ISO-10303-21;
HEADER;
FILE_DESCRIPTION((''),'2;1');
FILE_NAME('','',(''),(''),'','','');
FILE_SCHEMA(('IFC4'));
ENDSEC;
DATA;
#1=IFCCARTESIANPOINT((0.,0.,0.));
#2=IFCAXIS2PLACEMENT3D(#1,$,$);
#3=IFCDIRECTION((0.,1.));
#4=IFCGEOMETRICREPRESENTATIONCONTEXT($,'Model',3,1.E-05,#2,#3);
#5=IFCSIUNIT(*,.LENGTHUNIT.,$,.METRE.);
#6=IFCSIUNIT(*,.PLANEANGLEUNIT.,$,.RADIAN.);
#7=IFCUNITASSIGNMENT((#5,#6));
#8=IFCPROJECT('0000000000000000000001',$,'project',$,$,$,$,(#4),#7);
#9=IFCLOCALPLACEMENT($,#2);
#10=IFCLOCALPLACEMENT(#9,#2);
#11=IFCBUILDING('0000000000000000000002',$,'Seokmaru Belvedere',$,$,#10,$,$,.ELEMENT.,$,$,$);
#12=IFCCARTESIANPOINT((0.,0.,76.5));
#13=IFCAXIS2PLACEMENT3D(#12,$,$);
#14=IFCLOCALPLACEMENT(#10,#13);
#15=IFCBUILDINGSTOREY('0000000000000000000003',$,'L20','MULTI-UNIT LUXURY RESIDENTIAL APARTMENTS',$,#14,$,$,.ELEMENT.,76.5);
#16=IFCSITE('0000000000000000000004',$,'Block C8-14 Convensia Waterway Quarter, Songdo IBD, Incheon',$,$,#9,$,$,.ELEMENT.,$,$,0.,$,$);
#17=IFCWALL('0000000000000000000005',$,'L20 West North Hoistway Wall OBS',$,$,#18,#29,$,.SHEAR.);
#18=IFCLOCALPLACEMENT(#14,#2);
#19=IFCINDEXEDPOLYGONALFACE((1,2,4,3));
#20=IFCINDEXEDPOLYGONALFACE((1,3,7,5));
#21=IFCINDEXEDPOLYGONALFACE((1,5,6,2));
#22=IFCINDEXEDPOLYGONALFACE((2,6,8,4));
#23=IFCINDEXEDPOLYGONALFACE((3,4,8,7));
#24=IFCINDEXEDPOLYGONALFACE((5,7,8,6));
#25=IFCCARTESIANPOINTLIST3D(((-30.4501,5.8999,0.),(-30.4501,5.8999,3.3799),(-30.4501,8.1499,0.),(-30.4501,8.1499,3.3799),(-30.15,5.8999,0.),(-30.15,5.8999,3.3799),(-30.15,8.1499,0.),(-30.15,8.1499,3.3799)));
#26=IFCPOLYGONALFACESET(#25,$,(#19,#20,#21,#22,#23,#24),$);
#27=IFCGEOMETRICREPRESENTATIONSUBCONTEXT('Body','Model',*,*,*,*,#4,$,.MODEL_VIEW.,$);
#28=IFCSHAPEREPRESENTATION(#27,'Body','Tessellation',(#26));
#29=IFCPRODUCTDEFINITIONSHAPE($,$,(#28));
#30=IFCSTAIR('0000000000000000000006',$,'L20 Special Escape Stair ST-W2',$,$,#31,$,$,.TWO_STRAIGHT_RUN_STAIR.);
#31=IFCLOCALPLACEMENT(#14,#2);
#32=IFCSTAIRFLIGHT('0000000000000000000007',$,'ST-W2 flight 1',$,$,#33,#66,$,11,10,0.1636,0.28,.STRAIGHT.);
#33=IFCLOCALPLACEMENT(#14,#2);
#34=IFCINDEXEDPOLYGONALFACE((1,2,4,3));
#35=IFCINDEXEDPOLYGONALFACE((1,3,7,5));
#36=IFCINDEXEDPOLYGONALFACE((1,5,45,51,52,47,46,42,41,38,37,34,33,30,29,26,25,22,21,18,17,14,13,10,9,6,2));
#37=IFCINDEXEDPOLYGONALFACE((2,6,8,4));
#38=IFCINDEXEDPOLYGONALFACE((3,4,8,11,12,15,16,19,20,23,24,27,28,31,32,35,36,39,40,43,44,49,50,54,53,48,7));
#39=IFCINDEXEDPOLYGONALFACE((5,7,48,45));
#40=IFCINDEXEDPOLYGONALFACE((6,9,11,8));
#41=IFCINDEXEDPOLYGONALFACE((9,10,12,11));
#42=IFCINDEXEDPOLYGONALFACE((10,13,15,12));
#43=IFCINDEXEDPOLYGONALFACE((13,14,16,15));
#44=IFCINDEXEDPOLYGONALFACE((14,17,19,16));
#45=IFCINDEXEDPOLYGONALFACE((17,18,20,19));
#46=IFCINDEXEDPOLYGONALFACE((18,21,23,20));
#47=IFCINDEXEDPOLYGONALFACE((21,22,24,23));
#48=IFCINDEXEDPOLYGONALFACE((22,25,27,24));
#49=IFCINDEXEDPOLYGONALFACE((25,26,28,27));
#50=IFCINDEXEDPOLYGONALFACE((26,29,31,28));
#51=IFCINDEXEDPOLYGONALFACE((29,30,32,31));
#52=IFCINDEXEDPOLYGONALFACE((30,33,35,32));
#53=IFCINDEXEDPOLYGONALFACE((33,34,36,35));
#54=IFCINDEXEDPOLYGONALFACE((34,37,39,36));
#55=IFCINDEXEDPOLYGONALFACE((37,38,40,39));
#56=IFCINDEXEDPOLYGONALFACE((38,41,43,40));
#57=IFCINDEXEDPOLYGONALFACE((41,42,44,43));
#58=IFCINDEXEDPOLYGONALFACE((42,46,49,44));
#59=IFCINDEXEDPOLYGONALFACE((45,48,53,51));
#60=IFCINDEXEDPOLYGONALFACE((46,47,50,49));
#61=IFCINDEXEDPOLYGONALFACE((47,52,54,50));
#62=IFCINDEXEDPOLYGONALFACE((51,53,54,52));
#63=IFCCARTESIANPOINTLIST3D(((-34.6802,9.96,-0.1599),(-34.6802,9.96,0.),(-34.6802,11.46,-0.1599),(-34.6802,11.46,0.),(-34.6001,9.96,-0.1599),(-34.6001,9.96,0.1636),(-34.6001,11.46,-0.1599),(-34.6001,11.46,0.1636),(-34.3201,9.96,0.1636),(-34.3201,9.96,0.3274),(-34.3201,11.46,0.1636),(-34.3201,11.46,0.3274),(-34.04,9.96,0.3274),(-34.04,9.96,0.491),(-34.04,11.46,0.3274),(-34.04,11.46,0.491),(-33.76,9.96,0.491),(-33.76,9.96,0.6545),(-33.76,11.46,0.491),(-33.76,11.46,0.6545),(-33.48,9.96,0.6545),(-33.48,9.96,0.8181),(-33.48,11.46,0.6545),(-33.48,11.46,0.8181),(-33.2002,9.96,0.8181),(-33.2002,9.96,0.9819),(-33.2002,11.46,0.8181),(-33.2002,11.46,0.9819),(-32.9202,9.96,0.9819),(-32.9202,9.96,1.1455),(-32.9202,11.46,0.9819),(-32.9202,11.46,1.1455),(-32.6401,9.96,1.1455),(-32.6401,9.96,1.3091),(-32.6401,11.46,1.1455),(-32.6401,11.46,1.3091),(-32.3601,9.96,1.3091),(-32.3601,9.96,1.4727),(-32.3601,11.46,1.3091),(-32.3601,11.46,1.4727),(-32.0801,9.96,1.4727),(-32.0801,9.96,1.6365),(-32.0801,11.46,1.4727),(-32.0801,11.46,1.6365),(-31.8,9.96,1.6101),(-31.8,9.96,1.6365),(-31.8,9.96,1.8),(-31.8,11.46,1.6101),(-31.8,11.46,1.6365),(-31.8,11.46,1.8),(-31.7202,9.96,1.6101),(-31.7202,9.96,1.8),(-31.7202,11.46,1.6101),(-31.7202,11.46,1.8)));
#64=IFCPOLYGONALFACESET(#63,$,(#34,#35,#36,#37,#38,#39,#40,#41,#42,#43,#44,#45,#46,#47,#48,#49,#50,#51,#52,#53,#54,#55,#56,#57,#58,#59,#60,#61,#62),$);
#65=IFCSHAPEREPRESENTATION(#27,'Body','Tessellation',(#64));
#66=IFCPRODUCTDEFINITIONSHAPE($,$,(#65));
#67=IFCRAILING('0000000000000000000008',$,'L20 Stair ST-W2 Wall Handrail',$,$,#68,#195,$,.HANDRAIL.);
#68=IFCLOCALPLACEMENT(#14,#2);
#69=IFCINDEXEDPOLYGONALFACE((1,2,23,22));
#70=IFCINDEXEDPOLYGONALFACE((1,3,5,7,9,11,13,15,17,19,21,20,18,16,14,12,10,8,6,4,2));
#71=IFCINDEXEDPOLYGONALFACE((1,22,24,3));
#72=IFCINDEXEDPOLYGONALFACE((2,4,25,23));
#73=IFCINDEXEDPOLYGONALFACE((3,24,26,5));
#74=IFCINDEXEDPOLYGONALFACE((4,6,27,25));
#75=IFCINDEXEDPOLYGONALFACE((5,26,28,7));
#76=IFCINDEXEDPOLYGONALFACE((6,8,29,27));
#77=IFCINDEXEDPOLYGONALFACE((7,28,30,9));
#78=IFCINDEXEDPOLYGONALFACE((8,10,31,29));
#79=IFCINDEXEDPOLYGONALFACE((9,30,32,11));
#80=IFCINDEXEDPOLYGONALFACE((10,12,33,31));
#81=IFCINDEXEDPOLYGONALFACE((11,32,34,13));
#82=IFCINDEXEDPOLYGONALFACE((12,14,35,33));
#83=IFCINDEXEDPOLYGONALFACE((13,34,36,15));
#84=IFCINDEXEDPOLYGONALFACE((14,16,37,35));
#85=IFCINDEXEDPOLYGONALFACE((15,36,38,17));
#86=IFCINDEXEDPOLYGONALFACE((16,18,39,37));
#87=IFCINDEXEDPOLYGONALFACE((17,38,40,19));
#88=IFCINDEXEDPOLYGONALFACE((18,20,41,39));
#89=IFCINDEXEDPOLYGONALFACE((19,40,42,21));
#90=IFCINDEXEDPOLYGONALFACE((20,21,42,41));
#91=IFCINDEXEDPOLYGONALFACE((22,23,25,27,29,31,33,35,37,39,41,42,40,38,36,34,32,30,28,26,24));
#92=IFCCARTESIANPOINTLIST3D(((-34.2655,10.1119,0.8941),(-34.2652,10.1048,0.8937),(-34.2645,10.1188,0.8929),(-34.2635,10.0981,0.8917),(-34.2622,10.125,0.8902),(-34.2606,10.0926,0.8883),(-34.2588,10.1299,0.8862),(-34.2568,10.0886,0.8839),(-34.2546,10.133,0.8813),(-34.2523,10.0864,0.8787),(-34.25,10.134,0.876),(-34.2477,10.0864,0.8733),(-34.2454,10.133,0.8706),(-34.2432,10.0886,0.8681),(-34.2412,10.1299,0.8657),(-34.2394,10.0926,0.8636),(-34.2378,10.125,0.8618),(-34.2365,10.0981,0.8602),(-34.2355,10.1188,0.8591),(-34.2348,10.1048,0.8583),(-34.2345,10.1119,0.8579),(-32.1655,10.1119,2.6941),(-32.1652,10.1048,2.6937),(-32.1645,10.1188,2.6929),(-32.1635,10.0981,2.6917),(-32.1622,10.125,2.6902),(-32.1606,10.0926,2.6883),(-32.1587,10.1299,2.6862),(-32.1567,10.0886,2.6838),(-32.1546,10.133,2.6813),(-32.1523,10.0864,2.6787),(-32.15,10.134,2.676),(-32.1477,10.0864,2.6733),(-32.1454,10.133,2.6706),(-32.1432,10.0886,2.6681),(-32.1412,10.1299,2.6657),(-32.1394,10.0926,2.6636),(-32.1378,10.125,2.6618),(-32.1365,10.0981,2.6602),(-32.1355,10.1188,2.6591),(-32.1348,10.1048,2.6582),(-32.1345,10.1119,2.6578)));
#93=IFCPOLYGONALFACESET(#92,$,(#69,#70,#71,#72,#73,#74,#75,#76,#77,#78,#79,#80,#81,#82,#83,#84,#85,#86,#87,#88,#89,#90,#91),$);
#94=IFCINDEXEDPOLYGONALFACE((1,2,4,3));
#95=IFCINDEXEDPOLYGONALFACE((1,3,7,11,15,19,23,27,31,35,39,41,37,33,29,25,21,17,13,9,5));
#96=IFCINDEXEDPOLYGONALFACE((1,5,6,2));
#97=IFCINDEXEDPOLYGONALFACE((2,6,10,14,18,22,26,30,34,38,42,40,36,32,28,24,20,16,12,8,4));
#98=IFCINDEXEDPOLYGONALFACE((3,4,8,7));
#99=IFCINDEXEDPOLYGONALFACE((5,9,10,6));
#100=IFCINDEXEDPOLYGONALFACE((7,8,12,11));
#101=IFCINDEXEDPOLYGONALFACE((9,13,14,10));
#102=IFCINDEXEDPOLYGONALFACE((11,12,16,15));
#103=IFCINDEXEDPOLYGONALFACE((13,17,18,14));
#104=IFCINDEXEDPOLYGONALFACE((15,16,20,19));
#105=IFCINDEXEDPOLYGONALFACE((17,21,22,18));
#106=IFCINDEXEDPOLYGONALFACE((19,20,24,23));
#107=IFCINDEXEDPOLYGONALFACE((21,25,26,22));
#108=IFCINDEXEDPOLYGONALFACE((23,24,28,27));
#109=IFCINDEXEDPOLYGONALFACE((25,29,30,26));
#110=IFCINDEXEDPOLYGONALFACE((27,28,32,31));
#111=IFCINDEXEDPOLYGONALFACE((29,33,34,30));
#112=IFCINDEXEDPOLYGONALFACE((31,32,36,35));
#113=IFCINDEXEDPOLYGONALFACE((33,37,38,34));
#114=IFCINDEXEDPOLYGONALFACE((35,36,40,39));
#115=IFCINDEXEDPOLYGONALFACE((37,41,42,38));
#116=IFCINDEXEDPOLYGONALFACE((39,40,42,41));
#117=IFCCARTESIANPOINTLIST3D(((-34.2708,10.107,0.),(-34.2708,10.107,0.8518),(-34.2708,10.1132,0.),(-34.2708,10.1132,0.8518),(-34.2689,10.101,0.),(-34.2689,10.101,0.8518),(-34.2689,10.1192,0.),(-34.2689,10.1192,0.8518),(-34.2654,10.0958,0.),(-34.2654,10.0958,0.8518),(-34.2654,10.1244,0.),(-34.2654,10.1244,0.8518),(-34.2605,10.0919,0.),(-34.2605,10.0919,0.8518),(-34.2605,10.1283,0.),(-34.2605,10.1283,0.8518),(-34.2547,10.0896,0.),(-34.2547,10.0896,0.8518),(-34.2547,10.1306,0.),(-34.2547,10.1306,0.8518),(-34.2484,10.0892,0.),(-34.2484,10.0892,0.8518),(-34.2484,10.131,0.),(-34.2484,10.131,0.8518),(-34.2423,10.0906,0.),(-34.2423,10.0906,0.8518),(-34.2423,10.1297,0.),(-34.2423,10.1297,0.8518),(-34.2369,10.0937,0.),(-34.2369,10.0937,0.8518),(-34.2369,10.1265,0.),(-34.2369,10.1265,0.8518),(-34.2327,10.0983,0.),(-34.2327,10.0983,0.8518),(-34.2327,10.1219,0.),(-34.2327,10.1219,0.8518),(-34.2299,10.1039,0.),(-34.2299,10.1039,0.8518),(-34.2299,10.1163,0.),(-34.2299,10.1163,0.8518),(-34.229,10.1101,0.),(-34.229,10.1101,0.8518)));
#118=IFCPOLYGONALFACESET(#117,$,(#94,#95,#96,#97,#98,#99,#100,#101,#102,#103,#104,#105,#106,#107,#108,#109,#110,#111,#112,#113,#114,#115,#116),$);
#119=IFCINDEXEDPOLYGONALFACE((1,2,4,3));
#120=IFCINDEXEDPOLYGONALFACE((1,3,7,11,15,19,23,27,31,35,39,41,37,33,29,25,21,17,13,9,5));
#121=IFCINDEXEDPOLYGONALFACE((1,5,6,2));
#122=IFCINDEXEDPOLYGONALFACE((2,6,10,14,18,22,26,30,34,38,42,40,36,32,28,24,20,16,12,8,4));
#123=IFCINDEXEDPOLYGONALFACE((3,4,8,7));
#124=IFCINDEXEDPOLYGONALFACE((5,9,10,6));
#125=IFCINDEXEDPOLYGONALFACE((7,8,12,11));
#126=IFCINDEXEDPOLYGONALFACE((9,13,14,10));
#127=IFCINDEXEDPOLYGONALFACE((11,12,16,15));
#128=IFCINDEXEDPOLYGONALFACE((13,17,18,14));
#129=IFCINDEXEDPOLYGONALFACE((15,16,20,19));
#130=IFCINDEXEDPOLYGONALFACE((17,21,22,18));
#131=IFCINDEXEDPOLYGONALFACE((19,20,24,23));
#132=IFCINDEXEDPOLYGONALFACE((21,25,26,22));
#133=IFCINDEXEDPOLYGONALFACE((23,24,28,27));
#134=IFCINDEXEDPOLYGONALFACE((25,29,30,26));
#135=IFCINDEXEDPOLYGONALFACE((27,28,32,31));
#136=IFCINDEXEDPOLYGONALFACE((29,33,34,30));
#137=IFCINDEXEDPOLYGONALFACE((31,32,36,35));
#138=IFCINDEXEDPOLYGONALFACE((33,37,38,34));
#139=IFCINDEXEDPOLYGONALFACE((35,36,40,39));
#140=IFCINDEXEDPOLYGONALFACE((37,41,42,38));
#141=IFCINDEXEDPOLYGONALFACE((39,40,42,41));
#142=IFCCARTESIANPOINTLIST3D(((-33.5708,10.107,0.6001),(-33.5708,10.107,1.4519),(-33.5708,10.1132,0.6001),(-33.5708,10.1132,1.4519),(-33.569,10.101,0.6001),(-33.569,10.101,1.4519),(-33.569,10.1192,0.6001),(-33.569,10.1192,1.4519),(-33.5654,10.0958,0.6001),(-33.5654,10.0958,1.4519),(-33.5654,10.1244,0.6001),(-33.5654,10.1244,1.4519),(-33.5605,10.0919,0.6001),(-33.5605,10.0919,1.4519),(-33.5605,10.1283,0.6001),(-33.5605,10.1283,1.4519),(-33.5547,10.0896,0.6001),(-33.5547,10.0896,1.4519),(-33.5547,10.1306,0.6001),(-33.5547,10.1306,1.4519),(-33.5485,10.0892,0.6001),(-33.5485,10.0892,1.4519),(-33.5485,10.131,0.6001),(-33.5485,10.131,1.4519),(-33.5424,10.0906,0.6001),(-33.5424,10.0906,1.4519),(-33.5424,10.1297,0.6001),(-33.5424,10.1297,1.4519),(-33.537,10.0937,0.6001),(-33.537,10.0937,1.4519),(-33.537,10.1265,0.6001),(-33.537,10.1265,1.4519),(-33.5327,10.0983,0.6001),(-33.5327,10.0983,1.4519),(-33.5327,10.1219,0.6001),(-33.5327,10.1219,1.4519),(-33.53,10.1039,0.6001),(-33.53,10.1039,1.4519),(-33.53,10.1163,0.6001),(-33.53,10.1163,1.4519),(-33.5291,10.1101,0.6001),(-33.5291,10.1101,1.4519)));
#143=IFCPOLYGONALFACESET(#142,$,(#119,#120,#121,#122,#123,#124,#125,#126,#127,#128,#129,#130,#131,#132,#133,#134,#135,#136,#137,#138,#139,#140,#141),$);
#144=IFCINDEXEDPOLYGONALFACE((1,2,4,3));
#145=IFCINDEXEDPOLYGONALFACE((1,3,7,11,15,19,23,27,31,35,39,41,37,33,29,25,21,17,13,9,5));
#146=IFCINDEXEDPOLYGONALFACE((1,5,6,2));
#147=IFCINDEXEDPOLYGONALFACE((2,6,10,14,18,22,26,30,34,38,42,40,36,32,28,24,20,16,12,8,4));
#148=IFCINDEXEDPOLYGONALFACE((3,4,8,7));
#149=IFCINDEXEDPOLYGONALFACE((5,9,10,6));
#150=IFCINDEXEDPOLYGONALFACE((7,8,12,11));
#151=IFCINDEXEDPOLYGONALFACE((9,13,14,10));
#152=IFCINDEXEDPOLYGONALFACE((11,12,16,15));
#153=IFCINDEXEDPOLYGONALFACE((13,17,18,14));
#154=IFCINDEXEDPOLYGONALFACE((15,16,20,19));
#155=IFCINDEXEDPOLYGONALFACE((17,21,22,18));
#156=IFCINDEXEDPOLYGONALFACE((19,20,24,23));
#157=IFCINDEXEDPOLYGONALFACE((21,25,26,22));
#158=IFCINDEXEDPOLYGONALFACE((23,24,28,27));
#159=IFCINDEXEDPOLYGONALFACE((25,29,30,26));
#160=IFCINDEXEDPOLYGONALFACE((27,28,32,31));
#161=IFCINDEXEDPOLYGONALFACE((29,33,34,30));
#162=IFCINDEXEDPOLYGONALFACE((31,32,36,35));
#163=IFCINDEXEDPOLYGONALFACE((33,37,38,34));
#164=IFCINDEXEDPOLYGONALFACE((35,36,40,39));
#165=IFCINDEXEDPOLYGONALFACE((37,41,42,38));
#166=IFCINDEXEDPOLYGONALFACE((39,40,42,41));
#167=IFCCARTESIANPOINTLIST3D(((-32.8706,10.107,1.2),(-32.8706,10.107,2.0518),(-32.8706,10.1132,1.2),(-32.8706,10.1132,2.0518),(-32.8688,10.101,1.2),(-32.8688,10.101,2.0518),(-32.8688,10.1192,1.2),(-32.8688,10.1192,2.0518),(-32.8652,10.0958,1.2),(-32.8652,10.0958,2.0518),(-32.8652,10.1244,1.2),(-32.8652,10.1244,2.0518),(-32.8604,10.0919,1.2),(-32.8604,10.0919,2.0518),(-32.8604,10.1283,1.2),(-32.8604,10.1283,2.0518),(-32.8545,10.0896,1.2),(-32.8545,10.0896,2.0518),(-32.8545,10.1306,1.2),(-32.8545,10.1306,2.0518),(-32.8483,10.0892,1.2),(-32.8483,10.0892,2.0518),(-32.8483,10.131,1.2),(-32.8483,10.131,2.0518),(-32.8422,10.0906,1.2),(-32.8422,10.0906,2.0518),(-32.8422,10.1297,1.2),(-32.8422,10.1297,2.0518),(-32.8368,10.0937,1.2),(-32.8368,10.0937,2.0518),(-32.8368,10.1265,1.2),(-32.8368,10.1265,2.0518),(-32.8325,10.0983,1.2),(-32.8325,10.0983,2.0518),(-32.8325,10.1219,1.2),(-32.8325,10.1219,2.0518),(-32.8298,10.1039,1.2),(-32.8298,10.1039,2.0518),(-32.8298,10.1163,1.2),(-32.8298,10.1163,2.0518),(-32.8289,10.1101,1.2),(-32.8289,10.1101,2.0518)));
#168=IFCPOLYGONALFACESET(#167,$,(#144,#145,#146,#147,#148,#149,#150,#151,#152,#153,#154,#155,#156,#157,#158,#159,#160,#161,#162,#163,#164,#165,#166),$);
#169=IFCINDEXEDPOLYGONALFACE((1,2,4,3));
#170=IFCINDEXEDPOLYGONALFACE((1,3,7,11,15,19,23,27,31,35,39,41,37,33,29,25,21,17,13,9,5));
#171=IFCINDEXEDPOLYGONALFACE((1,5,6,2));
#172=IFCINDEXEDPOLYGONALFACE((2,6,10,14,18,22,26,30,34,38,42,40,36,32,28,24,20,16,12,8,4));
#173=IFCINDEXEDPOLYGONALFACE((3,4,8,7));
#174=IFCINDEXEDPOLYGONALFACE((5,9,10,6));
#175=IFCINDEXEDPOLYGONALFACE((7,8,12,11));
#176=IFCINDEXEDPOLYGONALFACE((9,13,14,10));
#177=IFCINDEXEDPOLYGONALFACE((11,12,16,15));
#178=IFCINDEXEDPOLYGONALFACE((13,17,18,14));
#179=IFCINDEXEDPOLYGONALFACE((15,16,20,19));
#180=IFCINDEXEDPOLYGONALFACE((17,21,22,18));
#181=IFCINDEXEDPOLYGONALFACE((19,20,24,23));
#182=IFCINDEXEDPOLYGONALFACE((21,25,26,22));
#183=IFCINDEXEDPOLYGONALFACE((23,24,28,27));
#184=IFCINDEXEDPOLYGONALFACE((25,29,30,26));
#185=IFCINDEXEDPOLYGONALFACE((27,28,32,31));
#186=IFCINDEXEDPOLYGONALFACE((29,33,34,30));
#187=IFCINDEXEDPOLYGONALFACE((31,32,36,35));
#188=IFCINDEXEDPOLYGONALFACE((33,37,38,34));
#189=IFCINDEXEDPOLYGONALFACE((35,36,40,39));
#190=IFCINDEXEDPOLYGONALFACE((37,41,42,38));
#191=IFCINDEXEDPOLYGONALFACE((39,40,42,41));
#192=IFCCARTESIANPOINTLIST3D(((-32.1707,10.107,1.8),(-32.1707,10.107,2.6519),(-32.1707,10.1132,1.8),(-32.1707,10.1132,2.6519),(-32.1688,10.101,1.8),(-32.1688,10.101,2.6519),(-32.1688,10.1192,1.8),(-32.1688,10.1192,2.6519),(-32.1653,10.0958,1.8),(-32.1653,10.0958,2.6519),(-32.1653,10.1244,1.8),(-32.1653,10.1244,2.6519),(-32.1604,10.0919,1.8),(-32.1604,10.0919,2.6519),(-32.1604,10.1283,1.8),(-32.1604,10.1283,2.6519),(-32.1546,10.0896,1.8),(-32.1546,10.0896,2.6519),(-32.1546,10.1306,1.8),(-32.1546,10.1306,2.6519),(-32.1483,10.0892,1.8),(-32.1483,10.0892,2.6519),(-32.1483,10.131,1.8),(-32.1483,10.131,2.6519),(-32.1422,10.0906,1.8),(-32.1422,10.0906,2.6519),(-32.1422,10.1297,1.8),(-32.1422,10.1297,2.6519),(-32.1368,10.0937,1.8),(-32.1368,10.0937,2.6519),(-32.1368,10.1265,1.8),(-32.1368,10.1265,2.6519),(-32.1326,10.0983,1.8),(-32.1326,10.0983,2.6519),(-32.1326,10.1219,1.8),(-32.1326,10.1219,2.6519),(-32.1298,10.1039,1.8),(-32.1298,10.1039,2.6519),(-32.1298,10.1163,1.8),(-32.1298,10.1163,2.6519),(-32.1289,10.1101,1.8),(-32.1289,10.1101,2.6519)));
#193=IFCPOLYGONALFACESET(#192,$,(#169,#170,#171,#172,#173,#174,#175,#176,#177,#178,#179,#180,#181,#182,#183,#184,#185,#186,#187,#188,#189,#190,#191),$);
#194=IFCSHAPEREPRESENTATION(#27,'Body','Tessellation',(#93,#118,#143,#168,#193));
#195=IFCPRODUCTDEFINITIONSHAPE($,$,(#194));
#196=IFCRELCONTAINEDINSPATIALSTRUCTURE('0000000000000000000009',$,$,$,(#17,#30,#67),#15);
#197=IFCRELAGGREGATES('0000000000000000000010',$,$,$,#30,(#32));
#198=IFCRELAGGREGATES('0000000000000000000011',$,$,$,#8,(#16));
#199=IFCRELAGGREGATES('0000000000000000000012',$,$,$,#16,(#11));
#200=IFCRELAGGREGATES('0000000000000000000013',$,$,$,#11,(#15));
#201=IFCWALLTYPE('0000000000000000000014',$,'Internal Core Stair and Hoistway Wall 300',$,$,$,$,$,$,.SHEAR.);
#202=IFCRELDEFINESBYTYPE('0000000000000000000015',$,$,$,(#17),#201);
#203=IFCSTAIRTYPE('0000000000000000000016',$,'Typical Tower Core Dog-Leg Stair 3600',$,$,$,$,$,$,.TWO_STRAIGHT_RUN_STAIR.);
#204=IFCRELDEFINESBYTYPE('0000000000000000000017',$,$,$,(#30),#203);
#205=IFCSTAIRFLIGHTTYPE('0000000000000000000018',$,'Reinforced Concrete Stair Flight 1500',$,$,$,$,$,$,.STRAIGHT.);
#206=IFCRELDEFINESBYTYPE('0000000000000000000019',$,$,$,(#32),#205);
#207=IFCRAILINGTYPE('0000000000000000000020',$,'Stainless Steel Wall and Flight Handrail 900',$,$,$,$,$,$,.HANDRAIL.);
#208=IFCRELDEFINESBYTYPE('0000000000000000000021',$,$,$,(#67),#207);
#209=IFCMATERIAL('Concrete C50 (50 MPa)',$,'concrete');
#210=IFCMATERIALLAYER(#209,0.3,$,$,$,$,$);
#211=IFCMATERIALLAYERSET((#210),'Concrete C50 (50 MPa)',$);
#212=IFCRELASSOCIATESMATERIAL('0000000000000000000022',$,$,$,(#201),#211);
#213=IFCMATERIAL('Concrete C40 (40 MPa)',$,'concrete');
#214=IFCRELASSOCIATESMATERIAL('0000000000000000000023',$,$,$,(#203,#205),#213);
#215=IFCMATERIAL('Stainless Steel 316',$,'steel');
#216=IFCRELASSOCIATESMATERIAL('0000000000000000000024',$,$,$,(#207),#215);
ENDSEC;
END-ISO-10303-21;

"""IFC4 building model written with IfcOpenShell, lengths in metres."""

from ifc_helpers import new_model, si_unit, direction, frame, frame_2d, origin, origin_2d, place, context, subcontext, project, spatial, polyline, rectangle, circle, outline, extrude, material, layer, layer_set, type_object, element, aggregate, save


model = new_model("IFC4")

# Units and contexts
model_context = context("Model", 3, precision=1e-05, world=origin(), true_north=direction((0.0, 1.0)))
body_context = subcontext(model_context, "Body", "Model", "MODEL_VIEW")
ifc_project = project(units=[si_unit("LENGTHUNIT", "METRE"), si_unit("PLANEANGLEUNIT", "RADIAN")], contexts=[model_context])

# Site, building, storey
site_placement = place(None, origin())
site = spatial("IfcSite", under=ifc_project, at=site_placement, Name="Block C8-14 Convensia Waterway Quarter, Songdo IBD, Incheon", CompositionType="ELEMENT", RefElevation=0.0)
building_placement = place(site_placement, origin())
building = spatial("IfcBuilding", under=site, at=building_placement, Name="Seokmaru Belvedere", CompositionType="ELEMENT")
storey_placement = place(building_placement, frame((0.0, 0.0, 76.5)))
storey = spatial("IfcBuildingStorey", under=building, at=storey_placement, Name="L20", Description="MULTI-UNIT LUXURY RESIDENTIAL APARTMENTS", CompositionType="ELEMENT", Elevation=76.5)

# Shared definitions
ifc_material_1 = material(Name="Concrete C50 (50 MPa)", Category="concrete")

# Shared definitions
ifc_layer_1 = layer(ifc_material_1, 0.3)
ifc_layer_set_1 = layer_set([ifc_layer_1], Name="Concrete C50 (50 MPa)")
wall_type_1 = type_object("IfcWallType", Name="Internal Core Stair and Hoistway Wall 300", PredefinedType="SHEAR", material=ifc_layer_set_1)

# Wall
wall_1_placement = place(storey_placement, frame((-30.3, 5.8999, 0.0), z_axis=(0.0, 0.0, 1.0), x_axis=(0.0, 1.0, 0.0)))
element("IfcWall", 1, at=wall_1_placement, inside=storey, type_object=wall_type_1, Name="L20 West North Hoistway Wall OBS", PredefinedType="SHEAR", context=body_context, shape_type="SweptSolid", body=[
    extrude(rectangle(XDim=2.25, YDim=0.3, at=frame_2d((1.125, 0.0))), origin(), (0.0, 0.0, 1.0), 3.3799),
])

# Stair, stair flight
ifc_material_2 = material(Name="Concrete C40 (40 MPa)", Category="concrete")
stair_type = type_object("IfcStairType", Name="Typical Tower Core Dog-Leg Stair 3600", PredefinedType="TWO_STRAIGHT_RUN_STAIR", material=ifc_material_2)
stair_placement = place(storey_placement, origin())
stair = element("IfcStair", 2, at=stair_placement, inside=storey, type_object=stair_type, Name="L20 Special Escape Stair ST-W2", PredefinedType="TWO_STRAIGHT_RUN_STAIR")
stair_flight_type = type_object("IfcStairFlightType", Name="Reinforced Concrete Stair Flight 1500", PredefinedType="STRAIGHT", material=ifc_material_2)
stair_flight_placement = place(storey_placement, frame((-34.6001, 10.71, 0.0), z_axis=(0.0, 0.0, 1.0), x_axis=(1.0, 0.0, 0.0)))
stair_flight = element("IfcStairFlight", 3, at=stair_flight_placement, type_object=stair_flight_type, Name="ST-W2 flight 1", NumberOfRisers=11, NumberOfTreads=10, PredefinedType="STRAIGHT", RiserHeight=0.1636, TreadLength=0.28, context=body_context, shape_type="SweptSolid", body=[
    extrude(outline(polyline([(-0.0801, 0.0), (0.0, 0.1636), (0.28, 0.1636), (0.28, 0.3274), (0.5601, 0.3274), (0.5601, 0.491), (0.8401, 0.491), (0.8401, 0.6545), (1.1201, 0.6545), (1.1201, 0.8181), (1.3999, 0.8181), (1.3999, 0.9819), (1.6799, 0.9819), (1.6799, 1.1455), (1.96, 1.1455), (1.96, 1.3091), (2.24, 1.3091), (2.24, 1.4727), (2.52, 1.4727), (2.52, 1.6365), (2.8, 1.6365), (2.8, 1.8), (2.8799, 1.8), (2.8799, 1.6101), (2.8, 1.6101), (0.0, -0.1599), (-0.0801, -0.1599), (-0.0801, 0.0)])), frame((0.0, 0.75, 0.0), z_axis=(0.0, -1.0, 0.0), x_axis=(1.0, 0.0, 0.0)), (0.0, 0.0, 1.0), 1.5),
])
aggregate(stair, [stair_flight])

# Railing
ifc_material_3 = material(Name="Stainless Steel 316", Category="steel")
railing_type_1 = type_object("IfcRailingType", Name="Stainless Steel Wall and Flight Handrail 900", PredefinedType="HANDRAIL", material=ifc_material_3)
railing_1_placement = place(storey_placement, frame((-34.25, 10.1101, 0.0)))
element("IfcRailing", 4, at=railing_1_placement, inside=storey, type_object=railing_type_1, Name="L20 Stair ST-W2 Wall Handrail", PredefinedType="HANDRAIL", context=body_context, shape_type="SweptSolid", body=[
    extrude(circle(Radius=0.0239, at=origin_2d()), frame((0.0, 0.0, 0.876), z_axis=(0.759263, 0.0, 0.650784), x_axis=(0.0, 1.0, 0.0)), (0.0, 0.0, 1.0), 2.7659),
    extrude(circle(Radius=0.021, at=origin_2d()), origin(), (0.0, 0.0, 1.0), 0.8518),
    extrude(circle(Radius=0.021, at=origin_2d()), frame((0.7, 0.0, 0.6001)), (0.0, 0.0, 1.0), 0.8518),
    extrude(circle(Radius=0.021, at=origin_2d()), frame((1.4001, 0.0, 1.2)), (0.0, 0.0, 1.0), 0.8518),
    extrude(circle(Radius=0.021, at=origin_2d()), frame((2.1001, 0.0, 1.8)), (0.0, 0.0, 1.0), 0.8518),
])

save(model, "model.ifc")
